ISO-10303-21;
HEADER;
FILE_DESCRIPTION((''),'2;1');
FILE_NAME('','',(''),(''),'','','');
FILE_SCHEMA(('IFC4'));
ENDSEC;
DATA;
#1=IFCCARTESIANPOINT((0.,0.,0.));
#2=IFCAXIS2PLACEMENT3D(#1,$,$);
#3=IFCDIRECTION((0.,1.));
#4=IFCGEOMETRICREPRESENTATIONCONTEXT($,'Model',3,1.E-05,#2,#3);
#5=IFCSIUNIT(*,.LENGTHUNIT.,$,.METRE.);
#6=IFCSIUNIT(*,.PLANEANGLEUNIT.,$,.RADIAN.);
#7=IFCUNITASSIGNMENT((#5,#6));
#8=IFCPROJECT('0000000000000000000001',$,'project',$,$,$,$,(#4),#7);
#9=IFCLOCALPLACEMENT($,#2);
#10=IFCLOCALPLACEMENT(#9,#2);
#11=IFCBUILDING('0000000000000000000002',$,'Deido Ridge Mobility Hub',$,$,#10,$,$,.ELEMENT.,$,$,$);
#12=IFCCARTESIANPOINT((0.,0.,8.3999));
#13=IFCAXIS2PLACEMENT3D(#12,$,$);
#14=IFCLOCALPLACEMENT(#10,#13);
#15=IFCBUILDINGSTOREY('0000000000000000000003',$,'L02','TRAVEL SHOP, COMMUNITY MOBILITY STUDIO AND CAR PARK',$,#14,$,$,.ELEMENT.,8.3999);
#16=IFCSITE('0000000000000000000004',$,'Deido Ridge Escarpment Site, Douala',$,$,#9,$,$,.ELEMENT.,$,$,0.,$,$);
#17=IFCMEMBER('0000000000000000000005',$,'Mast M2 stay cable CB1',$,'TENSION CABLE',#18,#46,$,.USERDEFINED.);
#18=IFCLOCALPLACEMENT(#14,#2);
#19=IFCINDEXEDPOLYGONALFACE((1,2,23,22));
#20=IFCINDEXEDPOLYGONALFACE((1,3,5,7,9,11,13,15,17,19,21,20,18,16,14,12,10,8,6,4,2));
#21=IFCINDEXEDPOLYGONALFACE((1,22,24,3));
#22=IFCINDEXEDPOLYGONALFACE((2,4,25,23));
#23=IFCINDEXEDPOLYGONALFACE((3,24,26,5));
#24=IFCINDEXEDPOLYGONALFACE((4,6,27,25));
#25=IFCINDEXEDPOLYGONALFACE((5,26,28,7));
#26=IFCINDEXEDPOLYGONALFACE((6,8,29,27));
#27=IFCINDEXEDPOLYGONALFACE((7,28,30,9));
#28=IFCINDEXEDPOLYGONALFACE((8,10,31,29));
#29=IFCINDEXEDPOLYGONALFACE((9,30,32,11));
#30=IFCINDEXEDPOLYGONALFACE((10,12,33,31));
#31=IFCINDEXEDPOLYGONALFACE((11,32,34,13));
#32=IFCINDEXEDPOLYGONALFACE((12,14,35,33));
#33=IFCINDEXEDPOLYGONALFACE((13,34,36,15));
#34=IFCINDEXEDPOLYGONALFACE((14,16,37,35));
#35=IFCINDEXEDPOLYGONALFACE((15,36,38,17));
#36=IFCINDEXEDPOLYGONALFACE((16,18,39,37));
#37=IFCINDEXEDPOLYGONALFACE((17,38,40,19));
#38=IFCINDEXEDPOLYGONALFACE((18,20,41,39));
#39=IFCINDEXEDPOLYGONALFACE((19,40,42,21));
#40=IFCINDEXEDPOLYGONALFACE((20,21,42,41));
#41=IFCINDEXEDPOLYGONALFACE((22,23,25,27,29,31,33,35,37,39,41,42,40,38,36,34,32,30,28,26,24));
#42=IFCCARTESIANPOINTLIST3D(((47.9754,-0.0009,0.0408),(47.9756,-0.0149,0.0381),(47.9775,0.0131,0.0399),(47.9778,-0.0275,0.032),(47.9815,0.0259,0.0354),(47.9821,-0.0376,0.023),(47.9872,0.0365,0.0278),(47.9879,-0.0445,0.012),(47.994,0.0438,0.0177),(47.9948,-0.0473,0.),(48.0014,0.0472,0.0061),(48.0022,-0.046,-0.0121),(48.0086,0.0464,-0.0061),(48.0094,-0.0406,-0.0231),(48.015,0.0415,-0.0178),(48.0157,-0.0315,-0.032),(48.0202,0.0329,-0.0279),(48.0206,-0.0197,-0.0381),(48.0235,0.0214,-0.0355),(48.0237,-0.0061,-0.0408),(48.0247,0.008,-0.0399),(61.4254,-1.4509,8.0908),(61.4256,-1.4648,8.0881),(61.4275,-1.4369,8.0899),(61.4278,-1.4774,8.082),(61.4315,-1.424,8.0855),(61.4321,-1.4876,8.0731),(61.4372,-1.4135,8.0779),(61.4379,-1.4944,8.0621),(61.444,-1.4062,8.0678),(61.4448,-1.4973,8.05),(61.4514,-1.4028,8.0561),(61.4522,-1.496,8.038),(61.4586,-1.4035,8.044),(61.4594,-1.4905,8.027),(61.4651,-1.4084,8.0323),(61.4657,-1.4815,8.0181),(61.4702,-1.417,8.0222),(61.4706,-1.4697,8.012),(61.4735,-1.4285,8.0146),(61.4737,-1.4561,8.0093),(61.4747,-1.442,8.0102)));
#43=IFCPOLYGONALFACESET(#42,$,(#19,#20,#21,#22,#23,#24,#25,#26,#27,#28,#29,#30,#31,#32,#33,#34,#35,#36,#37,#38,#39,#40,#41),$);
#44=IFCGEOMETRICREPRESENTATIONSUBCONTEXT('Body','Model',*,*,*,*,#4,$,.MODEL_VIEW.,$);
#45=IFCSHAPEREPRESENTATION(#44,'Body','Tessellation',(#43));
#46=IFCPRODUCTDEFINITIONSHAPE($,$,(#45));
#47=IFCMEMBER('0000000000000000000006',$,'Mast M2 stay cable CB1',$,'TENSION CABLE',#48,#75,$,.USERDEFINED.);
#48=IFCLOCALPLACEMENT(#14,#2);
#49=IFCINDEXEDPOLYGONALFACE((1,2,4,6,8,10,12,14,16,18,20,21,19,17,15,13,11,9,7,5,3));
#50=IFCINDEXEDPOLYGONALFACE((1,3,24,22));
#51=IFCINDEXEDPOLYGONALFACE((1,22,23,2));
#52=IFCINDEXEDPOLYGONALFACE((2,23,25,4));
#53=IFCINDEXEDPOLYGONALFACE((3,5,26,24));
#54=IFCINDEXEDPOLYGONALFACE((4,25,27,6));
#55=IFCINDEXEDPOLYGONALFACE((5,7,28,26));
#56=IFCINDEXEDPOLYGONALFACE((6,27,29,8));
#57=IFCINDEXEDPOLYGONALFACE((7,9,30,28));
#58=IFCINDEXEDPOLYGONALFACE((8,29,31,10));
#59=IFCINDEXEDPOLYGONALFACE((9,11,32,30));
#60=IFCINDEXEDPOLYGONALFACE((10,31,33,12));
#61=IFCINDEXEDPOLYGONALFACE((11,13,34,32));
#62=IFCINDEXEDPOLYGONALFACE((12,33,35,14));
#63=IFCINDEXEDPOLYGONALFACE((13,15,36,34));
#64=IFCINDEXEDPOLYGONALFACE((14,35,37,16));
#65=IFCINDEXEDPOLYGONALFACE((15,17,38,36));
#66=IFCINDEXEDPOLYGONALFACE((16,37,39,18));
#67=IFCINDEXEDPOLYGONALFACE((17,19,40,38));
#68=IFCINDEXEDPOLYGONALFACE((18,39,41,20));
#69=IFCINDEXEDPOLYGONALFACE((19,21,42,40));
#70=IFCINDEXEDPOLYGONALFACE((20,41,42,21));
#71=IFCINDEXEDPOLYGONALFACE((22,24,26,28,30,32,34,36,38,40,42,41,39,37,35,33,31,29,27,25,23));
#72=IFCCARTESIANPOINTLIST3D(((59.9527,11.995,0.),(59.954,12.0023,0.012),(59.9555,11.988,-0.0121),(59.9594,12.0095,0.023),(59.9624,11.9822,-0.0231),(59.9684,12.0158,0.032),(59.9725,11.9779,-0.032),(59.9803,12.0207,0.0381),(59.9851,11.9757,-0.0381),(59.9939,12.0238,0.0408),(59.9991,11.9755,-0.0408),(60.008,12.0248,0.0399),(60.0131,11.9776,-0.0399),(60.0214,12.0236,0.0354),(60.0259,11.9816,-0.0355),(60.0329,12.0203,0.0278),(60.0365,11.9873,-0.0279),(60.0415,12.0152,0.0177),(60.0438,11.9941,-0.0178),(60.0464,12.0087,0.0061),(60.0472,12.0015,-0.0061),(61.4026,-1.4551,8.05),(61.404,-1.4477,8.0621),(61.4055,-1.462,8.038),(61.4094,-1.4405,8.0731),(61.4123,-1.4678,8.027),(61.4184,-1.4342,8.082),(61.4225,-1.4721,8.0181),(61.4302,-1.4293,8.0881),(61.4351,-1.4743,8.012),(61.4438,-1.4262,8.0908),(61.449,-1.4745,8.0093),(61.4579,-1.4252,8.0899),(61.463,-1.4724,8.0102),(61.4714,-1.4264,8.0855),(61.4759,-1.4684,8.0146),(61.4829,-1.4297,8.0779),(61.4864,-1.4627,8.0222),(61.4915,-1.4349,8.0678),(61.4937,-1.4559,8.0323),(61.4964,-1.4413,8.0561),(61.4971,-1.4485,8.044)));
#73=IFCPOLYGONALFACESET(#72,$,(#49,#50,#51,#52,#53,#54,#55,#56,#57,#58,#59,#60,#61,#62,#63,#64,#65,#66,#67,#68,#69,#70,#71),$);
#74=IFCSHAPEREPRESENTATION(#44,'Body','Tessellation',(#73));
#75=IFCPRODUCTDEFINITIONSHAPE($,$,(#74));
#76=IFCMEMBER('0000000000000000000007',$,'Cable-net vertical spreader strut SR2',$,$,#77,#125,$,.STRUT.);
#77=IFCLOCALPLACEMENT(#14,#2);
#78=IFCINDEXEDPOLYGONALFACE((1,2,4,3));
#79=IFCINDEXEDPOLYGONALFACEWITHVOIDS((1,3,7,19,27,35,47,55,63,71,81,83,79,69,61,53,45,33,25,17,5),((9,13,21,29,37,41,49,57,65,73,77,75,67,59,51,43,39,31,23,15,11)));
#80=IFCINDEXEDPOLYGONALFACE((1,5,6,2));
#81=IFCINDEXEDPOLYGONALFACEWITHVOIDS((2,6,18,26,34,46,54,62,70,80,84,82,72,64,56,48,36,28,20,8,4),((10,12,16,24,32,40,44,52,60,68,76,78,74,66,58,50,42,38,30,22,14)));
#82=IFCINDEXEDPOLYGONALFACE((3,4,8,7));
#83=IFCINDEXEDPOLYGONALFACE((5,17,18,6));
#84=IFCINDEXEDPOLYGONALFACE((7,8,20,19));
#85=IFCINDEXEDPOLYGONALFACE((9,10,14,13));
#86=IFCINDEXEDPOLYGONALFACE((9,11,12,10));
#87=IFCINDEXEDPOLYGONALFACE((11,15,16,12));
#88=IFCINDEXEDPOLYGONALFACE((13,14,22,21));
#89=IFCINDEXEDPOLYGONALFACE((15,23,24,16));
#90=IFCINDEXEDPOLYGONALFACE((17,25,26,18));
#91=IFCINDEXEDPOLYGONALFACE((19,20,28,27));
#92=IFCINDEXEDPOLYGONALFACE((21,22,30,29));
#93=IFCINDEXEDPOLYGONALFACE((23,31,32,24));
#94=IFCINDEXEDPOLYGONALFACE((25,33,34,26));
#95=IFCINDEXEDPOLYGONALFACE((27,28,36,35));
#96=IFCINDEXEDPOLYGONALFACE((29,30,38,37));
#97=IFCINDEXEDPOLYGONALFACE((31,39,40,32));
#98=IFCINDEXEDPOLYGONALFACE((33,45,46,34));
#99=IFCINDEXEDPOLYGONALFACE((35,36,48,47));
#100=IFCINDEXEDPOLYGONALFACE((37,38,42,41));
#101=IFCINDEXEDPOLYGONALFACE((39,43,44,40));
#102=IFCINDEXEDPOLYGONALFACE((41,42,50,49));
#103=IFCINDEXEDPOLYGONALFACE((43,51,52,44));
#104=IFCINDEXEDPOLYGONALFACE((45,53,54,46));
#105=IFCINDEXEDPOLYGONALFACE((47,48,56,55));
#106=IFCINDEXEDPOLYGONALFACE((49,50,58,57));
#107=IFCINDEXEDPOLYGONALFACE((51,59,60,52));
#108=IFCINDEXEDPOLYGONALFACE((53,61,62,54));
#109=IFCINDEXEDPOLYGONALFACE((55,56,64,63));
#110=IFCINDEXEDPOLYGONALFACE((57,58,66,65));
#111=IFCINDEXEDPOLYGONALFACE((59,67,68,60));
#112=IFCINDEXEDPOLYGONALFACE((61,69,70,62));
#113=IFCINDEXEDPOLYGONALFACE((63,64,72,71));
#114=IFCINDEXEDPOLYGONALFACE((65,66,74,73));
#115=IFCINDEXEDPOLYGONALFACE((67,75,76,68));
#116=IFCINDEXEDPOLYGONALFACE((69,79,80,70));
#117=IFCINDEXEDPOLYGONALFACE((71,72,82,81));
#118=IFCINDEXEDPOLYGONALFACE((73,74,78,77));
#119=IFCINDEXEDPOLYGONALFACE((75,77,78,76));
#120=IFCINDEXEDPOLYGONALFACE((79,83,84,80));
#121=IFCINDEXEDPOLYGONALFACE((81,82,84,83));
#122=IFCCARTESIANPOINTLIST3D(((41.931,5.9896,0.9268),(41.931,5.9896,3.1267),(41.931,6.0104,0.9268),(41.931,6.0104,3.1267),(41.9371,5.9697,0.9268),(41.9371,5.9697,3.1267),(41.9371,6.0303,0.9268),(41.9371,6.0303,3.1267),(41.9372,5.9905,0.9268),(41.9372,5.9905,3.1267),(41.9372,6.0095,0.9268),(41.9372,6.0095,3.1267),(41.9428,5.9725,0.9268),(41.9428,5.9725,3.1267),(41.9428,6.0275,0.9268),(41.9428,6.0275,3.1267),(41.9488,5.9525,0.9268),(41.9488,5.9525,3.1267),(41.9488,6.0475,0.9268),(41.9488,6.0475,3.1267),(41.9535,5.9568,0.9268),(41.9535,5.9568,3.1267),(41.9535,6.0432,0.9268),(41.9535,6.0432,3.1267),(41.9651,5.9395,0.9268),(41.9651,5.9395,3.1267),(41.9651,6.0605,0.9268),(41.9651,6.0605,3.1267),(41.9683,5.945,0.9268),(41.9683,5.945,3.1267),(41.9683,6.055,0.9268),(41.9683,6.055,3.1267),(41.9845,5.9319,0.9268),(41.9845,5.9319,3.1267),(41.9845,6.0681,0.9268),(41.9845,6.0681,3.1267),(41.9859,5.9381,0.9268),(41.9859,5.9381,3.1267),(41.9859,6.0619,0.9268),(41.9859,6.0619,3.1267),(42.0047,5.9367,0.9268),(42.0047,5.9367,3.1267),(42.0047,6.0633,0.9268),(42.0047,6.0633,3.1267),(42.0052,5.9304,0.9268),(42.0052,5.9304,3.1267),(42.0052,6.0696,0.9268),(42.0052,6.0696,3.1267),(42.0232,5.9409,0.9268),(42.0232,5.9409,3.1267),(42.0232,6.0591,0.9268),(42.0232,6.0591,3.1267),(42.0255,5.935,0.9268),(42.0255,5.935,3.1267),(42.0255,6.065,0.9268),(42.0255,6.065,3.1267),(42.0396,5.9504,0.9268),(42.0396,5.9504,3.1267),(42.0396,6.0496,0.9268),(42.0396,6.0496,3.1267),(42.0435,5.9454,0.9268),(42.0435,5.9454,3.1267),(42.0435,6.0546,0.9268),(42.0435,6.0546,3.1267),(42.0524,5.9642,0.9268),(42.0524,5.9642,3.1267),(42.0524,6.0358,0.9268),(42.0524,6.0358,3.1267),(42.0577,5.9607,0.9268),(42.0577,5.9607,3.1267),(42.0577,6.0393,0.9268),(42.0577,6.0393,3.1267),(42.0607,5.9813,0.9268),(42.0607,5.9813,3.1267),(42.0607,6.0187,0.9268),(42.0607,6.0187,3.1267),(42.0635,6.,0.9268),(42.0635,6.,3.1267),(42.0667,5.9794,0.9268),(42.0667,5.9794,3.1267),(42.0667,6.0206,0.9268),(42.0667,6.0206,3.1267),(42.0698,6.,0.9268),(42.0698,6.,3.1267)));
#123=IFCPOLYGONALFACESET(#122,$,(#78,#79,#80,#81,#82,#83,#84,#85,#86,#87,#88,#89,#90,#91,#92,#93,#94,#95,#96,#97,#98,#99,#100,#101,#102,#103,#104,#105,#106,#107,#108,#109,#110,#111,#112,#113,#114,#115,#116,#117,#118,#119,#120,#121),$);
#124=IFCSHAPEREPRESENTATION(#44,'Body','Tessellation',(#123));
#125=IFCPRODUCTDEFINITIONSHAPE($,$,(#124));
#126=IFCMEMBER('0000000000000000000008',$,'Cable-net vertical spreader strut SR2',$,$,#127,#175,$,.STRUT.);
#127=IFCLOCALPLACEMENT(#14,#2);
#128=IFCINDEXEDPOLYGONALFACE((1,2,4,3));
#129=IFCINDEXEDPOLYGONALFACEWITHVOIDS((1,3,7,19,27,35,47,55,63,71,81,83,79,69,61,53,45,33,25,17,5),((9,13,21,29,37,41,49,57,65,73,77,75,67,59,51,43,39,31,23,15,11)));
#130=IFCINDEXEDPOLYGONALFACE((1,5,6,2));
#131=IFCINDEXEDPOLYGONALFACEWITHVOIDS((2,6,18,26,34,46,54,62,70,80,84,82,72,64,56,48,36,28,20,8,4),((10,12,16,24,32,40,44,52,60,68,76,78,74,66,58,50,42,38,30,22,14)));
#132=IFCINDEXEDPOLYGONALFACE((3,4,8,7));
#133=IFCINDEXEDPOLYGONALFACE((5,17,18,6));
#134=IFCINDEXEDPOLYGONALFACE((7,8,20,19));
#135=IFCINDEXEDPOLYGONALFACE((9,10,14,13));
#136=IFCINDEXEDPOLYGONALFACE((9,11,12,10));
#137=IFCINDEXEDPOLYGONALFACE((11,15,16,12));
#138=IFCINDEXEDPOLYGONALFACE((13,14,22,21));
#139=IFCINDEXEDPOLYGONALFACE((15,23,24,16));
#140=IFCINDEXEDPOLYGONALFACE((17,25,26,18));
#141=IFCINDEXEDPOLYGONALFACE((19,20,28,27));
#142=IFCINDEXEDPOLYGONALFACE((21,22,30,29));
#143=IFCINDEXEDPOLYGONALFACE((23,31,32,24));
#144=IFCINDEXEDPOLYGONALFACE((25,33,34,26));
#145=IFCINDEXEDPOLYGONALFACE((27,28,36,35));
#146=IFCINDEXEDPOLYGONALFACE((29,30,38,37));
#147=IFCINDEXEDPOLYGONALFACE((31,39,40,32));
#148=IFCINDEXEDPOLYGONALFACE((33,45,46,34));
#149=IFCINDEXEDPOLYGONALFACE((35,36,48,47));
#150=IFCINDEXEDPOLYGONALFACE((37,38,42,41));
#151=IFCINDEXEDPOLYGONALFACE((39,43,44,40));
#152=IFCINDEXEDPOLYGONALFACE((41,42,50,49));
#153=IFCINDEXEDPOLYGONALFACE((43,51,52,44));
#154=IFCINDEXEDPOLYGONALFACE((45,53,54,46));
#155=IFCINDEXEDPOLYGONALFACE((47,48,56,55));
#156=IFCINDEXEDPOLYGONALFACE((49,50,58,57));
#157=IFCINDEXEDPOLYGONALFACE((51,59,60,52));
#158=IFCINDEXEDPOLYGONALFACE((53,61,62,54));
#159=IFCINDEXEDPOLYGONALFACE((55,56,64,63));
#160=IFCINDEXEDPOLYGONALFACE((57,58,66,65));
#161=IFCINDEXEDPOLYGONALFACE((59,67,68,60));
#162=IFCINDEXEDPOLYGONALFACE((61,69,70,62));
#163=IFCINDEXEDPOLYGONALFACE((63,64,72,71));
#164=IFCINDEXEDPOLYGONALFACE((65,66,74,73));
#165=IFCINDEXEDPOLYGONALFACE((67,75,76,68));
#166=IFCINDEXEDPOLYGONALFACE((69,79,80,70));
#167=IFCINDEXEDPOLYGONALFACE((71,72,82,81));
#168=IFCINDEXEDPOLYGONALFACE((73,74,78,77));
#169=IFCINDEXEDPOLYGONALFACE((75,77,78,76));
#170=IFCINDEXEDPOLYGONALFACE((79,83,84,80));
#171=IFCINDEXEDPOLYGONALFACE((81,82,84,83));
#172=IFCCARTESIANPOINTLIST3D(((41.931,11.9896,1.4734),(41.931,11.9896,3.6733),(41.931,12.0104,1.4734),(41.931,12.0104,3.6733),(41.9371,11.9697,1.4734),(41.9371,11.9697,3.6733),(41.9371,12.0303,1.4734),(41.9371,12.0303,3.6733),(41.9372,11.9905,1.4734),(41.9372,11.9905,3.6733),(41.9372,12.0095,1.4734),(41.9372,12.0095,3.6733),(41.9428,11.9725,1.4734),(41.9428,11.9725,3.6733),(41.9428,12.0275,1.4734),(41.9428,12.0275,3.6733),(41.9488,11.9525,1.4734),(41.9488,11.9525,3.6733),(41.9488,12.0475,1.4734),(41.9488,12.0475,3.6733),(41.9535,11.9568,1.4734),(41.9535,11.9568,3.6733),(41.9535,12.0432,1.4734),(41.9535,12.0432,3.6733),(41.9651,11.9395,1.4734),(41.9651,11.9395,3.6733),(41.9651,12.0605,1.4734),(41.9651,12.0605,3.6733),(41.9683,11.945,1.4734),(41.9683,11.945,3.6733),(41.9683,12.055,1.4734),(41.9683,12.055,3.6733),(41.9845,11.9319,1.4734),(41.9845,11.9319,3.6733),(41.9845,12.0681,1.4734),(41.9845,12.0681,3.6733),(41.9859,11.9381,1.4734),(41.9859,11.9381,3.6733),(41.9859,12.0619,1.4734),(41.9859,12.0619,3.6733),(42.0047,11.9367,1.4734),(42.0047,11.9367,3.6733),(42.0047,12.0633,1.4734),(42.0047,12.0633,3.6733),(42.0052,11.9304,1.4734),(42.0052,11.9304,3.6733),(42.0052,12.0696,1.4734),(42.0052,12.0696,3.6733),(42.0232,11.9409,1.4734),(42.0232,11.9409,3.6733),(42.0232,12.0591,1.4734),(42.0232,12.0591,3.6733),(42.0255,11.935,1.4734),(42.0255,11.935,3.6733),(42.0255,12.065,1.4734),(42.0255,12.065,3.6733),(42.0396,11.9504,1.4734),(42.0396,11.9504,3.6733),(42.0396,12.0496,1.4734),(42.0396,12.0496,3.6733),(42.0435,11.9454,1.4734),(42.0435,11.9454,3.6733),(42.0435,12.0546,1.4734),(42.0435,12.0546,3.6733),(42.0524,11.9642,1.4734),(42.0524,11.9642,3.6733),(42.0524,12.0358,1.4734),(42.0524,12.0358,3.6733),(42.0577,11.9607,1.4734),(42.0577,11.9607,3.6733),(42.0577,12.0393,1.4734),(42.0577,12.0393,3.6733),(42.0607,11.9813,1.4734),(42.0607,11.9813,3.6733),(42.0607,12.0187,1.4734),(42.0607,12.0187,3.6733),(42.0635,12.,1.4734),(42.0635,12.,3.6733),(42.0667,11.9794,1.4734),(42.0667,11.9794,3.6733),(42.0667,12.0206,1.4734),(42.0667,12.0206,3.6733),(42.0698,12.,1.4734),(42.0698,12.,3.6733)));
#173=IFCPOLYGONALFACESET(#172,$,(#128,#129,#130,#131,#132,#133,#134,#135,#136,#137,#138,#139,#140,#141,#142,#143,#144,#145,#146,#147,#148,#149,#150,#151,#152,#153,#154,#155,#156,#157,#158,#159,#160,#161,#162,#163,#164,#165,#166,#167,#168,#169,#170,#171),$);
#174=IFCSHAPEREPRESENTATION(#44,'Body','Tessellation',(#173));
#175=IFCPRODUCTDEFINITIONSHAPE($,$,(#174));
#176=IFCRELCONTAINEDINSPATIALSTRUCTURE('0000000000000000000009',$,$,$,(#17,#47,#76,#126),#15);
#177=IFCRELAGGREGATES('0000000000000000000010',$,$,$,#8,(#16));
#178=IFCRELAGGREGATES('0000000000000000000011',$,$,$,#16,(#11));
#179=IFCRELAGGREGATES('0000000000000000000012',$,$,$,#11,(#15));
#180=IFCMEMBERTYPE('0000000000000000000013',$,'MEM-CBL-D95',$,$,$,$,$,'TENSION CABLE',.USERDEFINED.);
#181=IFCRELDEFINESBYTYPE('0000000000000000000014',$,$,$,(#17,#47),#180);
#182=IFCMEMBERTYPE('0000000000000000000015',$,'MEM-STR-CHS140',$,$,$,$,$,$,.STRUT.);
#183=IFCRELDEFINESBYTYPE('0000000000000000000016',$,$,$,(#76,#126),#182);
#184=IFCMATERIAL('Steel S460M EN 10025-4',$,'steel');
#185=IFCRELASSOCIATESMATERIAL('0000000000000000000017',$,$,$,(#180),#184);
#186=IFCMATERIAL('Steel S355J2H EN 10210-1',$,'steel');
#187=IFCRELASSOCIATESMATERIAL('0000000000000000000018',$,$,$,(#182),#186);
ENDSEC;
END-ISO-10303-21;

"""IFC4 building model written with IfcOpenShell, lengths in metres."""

from ifc_helpers import new_model, si_unit, direction, frame, origin, origin_2d, place, context, subcontext, project, spatial, circle, hollow_circle, extrude, material, material_profile, profile_set, type_object, element, save


model = new_model("IFC4")

# Units and contexts
model_context = context("Model", 3, precision=1e-05, world=origin(), true_north=direction((0.0, 1.0)))
body_context = subcontext(model_context, "Body", "Model", "MODEL_VIEW")
ifc_project = project(units=[si_unit("LENGTHUNIT", "METRE"), si_unit("PLANEANGLEUNIT", "RADIAN")], contexts=[model_context])

# Site, building, storey
site_placement = place(None, origin())
site = spatial("IfcSite", under=ifc_project, at=site_placement, Name="Deido Ridge Escarpment Site, Douala", CompositionType="ELEMENT", RefElevation=0.0)
building_placement = place(site_placement, origin())
building = spatial("IfcBuilding", under=site, at=building_placement, Name="Deido Ridge Mobility Hub", CompositionType="ELEMENT")
storey_placement = place(building_placement, frame((0.0, 0.0, 8.3999)))
storey = spatial("IfcBuildingStorey", under=building, at=storey_placement, Name="L02", Description="TRAVEL SHOP, COMMUNITY MOBILITY STUDIO AND CAR PARK", CompositionType="ELEMENT", Elevation=8.3999)

# Shared definitions
ifc_material_1 = material(Name="Steel S355J2H EN 10210-1", Category="steel")

# Members
ifc_material_2 = material(Name="Steel S460M EN 10025-4", Category="steel")
ifc_material_profile_1 = material_profile(ifc_material_2, circle(Radius=0.0476, at=origin_2d()), Name="CABLE D95")
ifc_profile_set_1 = profile_set([ifc_material_profile_1], Name="Steel S460M EN 10025-4")
member_type_1 = type_object("IfcMemberType", Name="MEM-CBL-D95", ElementType="TENSION CABLE", PredefinedType="USERDEFINED", material=ifc_profile_set_1)
for number, where, z_axis, x_axis, name in (
    (1, (61.45, -1.45, 8.05), (-0.854406, 0.092108, -0.511378), (-0.107182, -0.994239, 0.0), "Mast M2 stay cable CB1"),
    (2, (61.45, -1.45, 8.05), (-0.092108, 0.854406, -0.511378), (-0.994239, -0.107182, 0.0), "Mast M2 stay cable CB1"),
):
    element("IfcMember", number, at=place(storey_placement, frame(where, z_axis=z_axis, x_axis=x_axis)), inside=storey, type_object=member_type_1, Name=name, ObjectType="TENSION CABLE", PredefinedType="USERDEFINED", context=body_context, shape_type="SweptSolid", body=[
        extrude(circle(Radius=0.0476, at=origin_2d()), origin(), (0.0, 0.0, 1.0), 15.7419),
    ])
ifc_material_profile_2 = material_profile(ifc_material_1, hollow_circle(Radius=0.0698, WallThickness=0.0063, at=origin_2d()), Name="CHS 139.7x6.3")
ifc_profile_set_2 = profile_set([ifc_material_profile_2], Name="Steel S355J2H EN 10210-1")
member_type_2 = type_object("IfcMemberType", Name="MEM-STR-CHS140", PredefinedType="STRUT", material=ifc_profile_set_2)
for number, where, z_axis, x_axis, name in (
    (3, (42.0, 6.0, 0.9268), (0.0, 0.0, 1.0), (1.0, 0.0, 0.0), "Cable-net vertical spreader strut SR2"),
    (4, (42.0, 12.0, 1.4734), (0.0, 0.0, 1.0), (1.0, 0.0, 0.0), "Cable-net vertical spreader strut SR2"),
):
    element("IfcMember", number, at=place(storey_placement, frame(where, z_axis=z_axis, x_axis=x_axis)), inside=storey, type_object=member_type_2, Name=name, PredefinedType="STRUT", context=body_context, shape_type="SweptSolid", body=[
        extrude(hollow_circle(Radius=0.0698, WallThickness=0.0063, at=origin_2d()), origin(), (0.0, 0.0, 1.0), 2.2),
    ])

save(model, "model.ifc")
